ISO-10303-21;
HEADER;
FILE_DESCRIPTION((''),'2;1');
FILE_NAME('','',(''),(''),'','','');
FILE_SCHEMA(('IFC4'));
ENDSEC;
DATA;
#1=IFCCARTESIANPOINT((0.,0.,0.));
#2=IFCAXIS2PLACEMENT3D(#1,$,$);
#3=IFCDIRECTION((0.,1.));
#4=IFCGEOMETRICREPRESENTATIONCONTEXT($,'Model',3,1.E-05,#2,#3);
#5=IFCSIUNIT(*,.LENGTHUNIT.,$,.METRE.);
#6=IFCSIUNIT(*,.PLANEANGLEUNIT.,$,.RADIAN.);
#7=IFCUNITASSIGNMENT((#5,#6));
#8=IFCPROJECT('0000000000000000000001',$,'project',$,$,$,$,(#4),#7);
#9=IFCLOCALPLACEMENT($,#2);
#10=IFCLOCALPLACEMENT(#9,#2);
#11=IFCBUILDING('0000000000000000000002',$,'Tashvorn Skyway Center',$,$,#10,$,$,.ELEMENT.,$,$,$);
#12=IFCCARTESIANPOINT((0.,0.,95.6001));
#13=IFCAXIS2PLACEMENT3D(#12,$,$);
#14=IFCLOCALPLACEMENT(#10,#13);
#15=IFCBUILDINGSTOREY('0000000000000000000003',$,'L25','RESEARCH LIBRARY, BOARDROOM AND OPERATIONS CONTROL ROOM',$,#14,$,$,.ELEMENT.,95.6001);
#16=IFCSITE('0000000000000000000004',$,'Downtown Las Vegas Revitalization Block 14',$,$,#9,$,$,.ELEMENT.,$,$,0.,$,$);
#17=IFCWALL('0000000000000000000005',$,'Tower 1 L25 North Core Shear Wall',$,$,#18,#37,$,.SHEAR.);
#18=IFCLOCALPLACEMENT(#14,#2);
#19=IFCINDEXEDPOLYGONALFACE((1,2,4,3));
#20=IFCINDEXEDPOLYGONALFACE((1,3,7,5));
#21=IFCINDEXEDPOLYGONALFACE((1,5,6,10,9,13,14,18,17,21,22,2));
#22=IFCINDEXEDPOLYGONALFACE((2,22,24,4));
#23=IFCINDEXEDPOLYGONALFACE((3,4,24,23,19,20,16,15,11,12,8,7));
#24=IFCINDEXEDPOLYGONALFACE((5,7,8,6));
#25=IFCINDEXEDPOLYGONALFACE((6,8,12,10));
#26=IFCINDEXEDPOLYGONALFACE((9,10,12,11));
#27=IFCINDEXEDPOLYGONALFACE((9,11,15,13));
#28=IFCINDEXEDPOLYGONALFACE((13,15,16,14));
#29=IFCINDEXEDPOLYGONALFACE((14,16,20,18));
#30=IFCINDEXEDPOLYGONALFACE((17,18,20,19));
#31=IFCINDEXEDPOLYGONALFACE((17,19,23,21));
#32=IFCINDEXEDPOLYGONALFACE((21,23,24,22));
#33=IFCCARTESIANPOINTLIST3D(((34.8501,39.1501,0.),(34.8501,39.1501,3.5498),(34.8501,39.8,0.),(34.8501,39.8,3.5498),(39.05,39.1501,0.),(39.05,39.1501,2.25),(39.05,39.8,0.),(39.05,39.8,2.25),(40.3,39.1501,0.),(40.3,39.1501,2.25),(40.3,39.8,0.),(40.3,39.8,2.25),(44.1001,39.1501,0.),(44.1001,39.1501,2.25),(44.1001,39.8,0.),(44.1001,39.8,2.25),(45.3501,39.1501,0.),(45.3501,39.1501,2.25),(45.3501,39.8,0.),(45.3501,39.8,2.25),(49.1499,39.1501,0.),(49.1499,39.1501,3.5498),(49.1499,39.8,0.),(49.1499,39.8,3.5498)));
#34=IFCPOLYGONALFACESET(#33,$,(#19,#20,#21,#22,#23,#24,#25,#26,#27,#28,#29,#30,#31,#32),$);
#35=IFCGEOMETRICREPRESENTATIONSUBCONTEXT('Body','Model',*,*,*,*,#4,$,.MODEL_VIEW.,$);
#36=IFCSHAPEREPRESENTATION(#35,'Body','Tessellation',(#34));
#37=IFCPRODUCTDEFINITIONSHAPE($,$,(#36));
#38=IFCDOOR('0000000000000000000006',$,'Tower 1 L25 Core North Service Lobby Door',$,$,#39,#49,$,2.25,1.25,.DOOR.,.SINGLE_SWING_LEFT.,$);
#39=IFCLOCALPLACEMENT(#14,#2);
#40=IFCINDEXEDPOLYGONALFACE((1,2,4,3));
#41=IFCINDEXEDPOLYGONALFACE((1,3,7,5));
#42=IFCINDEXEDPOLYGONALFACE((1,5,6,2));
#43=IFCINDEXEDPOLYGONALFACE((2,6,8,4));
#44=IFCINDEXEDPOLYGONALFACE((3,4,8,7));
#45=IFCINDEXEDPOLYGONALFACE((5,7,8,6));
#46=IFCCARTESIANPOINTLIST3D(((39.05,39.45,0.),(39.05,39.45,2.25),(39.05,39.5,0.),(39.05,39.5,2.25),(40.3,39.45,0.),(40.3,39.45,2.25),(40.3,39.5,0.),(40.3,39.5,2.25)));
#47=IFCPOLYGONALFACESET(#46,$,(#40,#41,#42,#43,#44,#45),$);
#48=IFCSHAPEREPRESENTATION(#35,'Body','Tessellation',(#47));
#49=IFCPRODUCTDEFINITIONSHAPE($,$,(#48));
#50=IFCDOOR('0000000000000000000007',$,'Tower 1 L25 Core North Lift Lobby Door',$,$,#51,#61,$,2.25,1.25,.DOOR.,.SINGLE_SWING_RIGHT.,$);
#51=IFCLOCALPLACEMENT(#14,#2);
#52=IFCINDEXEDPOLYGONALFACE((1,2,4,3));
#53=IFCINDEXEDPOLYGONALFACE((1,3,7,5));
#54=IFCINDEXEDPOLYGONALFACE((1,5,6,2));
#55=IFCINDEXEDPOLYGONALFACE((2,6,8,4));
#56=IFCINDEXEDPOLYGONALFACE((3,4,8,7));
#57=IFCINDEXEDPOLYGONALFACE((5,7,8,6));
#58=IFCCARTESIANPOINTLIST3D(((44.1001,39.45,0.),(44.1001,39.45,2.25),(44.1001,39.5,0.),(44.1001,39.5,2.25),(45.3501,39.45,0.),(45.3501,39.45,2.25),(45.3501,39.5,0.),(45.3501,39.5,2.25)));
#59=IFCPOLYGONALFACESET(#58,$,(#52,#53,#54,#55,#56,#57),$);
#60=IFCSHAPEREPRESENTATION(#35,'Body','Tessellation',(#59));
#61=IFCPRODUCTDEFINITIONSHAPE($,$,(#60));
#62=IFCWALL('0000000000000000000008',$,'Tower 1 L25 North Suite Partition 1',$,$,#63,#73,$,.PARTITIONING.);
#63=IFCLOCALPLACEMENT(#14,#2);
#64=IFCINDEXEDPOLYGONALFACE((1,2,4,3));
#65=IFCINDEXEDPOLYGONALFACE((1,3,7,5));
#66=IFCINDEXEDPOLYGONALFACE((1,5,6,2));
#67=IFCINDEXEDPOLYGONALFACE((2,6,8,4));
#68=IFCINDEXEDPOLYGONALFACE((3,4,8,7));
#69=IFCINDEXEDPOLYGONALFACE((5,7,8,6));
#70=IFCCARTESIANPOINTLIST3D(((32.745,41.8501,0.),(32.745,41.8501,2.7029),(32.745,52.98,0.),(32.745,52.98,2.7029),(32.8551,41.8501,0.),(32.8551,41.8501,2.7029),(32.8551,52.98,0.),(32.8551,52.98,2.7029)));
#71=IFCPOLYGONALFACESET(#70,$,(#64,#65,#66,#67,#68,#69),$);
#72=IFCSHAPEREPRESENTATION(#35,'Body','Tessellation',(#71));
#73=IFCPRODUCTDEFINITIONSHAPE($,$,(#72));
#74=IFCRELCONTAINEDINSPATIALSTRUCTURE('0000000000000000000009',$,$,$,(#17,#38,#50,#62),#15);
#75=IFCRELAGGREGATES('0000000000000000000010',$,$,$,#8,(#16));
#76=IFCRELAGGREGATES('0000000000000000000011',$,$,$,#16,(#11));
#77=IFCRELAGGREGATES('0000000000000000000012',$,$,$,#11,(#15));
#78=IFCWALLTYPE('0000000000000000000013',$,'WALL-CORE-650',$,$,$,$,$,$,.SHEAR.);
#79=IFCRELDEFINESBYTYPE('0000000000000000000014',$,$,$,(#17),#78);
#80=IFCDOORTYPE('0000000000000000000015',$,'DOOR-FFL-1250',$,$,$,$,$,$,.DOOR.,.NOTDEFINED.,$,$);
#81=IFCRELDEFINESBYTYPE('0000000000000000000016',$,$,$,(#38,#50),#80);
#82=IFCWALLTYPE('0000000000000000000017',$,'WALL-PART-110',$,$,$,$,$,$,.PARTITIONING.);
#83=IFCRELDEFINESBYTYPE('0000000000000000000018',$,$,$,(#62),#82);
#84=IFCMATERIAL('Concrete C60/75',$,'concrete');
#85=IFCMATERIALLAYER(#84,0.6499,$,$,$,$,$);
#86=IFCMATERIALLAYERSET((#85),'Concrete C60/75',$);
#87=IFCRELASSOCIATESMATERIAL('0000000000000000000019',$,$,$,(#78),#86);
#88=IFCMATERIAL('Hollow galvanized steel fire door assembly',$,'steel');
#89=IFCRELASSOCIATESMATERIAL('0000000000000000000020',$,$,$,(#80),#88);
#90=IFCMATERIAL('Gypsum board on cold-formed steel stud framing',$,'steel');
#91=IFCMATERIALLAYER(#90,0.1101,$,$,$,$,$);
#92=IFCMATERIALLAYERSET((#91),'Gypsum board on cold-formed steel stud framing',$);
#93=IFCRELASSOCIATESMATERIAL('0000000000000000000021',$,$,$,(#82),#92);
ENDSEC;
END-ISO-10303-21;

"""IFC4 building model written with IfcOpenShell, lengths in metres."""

from ifc_helpers import new_model, si_unit, direction, frame, frame_2d, origin, place, context, subcontext, project, spatial, rectangle, extrude, material, layer, layer_set, type_object, element, fill, save


model = new_model("IFC4")

# Units and contexts
model_context = context("Model", 3, precision=1e-05, world=origin(), true_north=direction((0.0, 1.0)))
body_context = subcontext(model_context, "Body", "Model", "MODEL_VIEW")
ifc_project = project(units=[si_unit("LENGTHUNIT", "METRE"), si_unit("PLANEANGLEUNIT", "RADIAN")], contexts=[model_context])

# Site, building, storey
site_placement = place(None, origin())
site = spatial("IfcSite", under=ifc_project, at=site_placement, Name="Downtown Las Vegas Revitalization Block 14", CompositionType="ELEMENT", RefElevation=0.0)
building_placement = place(site_placement, origin())
building = spatial("IfcBuilding", under=site, at=building_placement, Name="Tashvorn Skyway Center", CompositionType="ELEMENT")
storey_placement = place(building_placement, frame((0.0, 0.0, 95.6001)))
storey = spatial("IfcBuildingStorey", under=building, at=storey_placement, Name="L25", Description="RESEARCH LIBRARY, BOARDROOM AND OPERATIONS CONTROL ROOM", CompositionType="ELEMENT", Elevation=95.6001)

# Wall, openings, doors
ifc_material_1 = material(Name="Concrete C60/75", Category="concrete")
ifc_layer_1 = layer(ifc_material_1, 0.6499)
ifc_layer_set_1 = layer_set([ifc_layer_1], Name="Concrete C60/75")
wall_type_1 = type_object("IfcWallType", Name="WALL-CORE-650", PredefinedType="SHEAR", material=ifc_layer_set_1)
wall_1_placement = place(storey_placement, frame((34.8501, 39.4751, 0.0), z_axis=(0.0, 0.0, 1.0), x_axis=(1.0, 0.0, 0.0)))
wall_1 = element("IfcWall", 1, at=wall_1_placement, inside=storey, type_object=wall_type_1, Name="Tower 1 L25 North Core Shear Wall", PredefinedType="SHEAR", context=body_context, shape_type="SweptSolid", body=[
    extrude(rectangle(XDim=14.2998, YDim=0.6499, at=frame_2d((7.1499, 0.0))), origin(), (0.0, 0.0, 1.0), 3.5498),
])
opening_1_placement = place(wall_1_placement, frame((4.2, 0.0, 0.0)))
opening_1 = element("IfcOpeningElement", 2, at=opening_1_placement, cuts=wall_1, PredefinedType="OPENING", context=body_context, shape_type="SweptSolid", body=[
    extrude(rectangle(XDim=1.25, YDim=2.25, at=frame_2d((0.625, 1.125))), frame((0.0, 0.335, 0.0), z_axis=(0.0, -1.0, 0.0), x_axis=(1.0, 0.0, 0.0)), (0.0, 0.0, 1.0), 0.6699),
])
opening_2_placement = place(wall_1_placement, frame((9.25, 0.0, 0.0)))
opening_2 = element("IfcOpeningElement", 3, at=opening_2_placement, cuts=wall_1, PredefinedType="OPENING", context=body_context, shape_type="SweptSolid", body=[
    extrude(rectangle(XDim=1.25, YDim=2.25, at=frame_2d((0.625, 1.125))), frame((0.0, 0.335, 0.0), z_axis=(0.0, -1.0, 0.0), x_axis=(1.0, 0.0, 0.0)), (0.0, 0.0, 1.0), 0.6699),
])
ifc_material_2 = material(Name="Hollow galvanized steel fire door assembly", Category="steel")
door_type_1 = type_object("IfcDoorType", Name="DOOR-FFL-1250", OperationType="NOTDEFINED", PredefinedType="DOOR", material=ifc_material_2)
door_1_placement = place(opening_1_placement, origin())
door_1 = element("IfcDoor", 4, at=door_1_placement, inside=storey, type_object=door_type_1, Name="Tower 1 L25 Core North Service Lobby Door", OperationType="SINGLE_SWING_LEFT", OverallHeight=2.25, OverallWidth=1.25, PredefinedType="DOOR", context=body_context, shape_type="SweptSolid", body=[
    extrude(rectangle(XDim=1.25, YDim=2.25, at=frame_2d((0.625, 1.125))), frame((0.0, 0.0249, 0.0), z_axis=(0.0, -1.0, 0.0), x_axis=(1.0, 0.0, 0.0)), (0.0, 0.0, 1.0), 0.05),
])
fill(opening_1, door_1)
door_2_placement = place(opening_2_placement, origin())
door_2 = element("IfcDoor", 5, at=door_2_placement, inside=storey, type_object=door_type_1, Name="Tower 1 L25 Core North Lift Lobby Door", OperationType="SINGLE_SWING_RIGHT", OverallHeight=2.25, OverallWidth=1.25, PredefinedType="DOOR", context=body_context, shape_type="SweptSolid", body=[
    extrude(rectangle(XDim=1.25, YDim=2.25, at=frame_2d((0.625, 1.125))), frame((0.0, 0.0249, 0.0), z_axis=(0.0, -1.0, 0.0), x_axis=(1.0, 0.0, 0.0)), (0.0, 0.0, 1.0), 0.05),
])
fill(opening_2, door_2)

# Wall
ifc_material_3 = material(Name="Gypsum board on cold-formed steel stud framing", Category="steel")
ifc_layer_2 = layer(ifc_material_3, 0.1101)
ifc_layer_set_2 = layer_set([ifc_layer_2], Name="Gypsum board on cold-formed steel stud framing")
wall_type_2 = type_object("IfcWallType", Name="WALL-PART-110", PredefinedType="PARTITIONING", material=ifc_layer_set_2)
wall_2_placement = place(storey_placement, frame((32.8, 41.8501, 0.0), z_axis=(0.0, 0.0, 1.0), x_axis=(0.0, 1.0, 0.0)))
element("IfcWall", 6, at=wall_2_placement, inside=storey, type_object=wall_type_2, Name="Tower 1 L25 North Suite Partition 1", PredefinedType="PARTITIONING", context=body_context, shape_type="SweptSolid", body=[
    extrude(rectangle(XDim=11.1299, YDim=0.1101, at=frame_2d((5.5649, 0.0))), origin(), (0.0, 0.0, 1.0), 2.7029),
])

save(model, "model.ifc")
